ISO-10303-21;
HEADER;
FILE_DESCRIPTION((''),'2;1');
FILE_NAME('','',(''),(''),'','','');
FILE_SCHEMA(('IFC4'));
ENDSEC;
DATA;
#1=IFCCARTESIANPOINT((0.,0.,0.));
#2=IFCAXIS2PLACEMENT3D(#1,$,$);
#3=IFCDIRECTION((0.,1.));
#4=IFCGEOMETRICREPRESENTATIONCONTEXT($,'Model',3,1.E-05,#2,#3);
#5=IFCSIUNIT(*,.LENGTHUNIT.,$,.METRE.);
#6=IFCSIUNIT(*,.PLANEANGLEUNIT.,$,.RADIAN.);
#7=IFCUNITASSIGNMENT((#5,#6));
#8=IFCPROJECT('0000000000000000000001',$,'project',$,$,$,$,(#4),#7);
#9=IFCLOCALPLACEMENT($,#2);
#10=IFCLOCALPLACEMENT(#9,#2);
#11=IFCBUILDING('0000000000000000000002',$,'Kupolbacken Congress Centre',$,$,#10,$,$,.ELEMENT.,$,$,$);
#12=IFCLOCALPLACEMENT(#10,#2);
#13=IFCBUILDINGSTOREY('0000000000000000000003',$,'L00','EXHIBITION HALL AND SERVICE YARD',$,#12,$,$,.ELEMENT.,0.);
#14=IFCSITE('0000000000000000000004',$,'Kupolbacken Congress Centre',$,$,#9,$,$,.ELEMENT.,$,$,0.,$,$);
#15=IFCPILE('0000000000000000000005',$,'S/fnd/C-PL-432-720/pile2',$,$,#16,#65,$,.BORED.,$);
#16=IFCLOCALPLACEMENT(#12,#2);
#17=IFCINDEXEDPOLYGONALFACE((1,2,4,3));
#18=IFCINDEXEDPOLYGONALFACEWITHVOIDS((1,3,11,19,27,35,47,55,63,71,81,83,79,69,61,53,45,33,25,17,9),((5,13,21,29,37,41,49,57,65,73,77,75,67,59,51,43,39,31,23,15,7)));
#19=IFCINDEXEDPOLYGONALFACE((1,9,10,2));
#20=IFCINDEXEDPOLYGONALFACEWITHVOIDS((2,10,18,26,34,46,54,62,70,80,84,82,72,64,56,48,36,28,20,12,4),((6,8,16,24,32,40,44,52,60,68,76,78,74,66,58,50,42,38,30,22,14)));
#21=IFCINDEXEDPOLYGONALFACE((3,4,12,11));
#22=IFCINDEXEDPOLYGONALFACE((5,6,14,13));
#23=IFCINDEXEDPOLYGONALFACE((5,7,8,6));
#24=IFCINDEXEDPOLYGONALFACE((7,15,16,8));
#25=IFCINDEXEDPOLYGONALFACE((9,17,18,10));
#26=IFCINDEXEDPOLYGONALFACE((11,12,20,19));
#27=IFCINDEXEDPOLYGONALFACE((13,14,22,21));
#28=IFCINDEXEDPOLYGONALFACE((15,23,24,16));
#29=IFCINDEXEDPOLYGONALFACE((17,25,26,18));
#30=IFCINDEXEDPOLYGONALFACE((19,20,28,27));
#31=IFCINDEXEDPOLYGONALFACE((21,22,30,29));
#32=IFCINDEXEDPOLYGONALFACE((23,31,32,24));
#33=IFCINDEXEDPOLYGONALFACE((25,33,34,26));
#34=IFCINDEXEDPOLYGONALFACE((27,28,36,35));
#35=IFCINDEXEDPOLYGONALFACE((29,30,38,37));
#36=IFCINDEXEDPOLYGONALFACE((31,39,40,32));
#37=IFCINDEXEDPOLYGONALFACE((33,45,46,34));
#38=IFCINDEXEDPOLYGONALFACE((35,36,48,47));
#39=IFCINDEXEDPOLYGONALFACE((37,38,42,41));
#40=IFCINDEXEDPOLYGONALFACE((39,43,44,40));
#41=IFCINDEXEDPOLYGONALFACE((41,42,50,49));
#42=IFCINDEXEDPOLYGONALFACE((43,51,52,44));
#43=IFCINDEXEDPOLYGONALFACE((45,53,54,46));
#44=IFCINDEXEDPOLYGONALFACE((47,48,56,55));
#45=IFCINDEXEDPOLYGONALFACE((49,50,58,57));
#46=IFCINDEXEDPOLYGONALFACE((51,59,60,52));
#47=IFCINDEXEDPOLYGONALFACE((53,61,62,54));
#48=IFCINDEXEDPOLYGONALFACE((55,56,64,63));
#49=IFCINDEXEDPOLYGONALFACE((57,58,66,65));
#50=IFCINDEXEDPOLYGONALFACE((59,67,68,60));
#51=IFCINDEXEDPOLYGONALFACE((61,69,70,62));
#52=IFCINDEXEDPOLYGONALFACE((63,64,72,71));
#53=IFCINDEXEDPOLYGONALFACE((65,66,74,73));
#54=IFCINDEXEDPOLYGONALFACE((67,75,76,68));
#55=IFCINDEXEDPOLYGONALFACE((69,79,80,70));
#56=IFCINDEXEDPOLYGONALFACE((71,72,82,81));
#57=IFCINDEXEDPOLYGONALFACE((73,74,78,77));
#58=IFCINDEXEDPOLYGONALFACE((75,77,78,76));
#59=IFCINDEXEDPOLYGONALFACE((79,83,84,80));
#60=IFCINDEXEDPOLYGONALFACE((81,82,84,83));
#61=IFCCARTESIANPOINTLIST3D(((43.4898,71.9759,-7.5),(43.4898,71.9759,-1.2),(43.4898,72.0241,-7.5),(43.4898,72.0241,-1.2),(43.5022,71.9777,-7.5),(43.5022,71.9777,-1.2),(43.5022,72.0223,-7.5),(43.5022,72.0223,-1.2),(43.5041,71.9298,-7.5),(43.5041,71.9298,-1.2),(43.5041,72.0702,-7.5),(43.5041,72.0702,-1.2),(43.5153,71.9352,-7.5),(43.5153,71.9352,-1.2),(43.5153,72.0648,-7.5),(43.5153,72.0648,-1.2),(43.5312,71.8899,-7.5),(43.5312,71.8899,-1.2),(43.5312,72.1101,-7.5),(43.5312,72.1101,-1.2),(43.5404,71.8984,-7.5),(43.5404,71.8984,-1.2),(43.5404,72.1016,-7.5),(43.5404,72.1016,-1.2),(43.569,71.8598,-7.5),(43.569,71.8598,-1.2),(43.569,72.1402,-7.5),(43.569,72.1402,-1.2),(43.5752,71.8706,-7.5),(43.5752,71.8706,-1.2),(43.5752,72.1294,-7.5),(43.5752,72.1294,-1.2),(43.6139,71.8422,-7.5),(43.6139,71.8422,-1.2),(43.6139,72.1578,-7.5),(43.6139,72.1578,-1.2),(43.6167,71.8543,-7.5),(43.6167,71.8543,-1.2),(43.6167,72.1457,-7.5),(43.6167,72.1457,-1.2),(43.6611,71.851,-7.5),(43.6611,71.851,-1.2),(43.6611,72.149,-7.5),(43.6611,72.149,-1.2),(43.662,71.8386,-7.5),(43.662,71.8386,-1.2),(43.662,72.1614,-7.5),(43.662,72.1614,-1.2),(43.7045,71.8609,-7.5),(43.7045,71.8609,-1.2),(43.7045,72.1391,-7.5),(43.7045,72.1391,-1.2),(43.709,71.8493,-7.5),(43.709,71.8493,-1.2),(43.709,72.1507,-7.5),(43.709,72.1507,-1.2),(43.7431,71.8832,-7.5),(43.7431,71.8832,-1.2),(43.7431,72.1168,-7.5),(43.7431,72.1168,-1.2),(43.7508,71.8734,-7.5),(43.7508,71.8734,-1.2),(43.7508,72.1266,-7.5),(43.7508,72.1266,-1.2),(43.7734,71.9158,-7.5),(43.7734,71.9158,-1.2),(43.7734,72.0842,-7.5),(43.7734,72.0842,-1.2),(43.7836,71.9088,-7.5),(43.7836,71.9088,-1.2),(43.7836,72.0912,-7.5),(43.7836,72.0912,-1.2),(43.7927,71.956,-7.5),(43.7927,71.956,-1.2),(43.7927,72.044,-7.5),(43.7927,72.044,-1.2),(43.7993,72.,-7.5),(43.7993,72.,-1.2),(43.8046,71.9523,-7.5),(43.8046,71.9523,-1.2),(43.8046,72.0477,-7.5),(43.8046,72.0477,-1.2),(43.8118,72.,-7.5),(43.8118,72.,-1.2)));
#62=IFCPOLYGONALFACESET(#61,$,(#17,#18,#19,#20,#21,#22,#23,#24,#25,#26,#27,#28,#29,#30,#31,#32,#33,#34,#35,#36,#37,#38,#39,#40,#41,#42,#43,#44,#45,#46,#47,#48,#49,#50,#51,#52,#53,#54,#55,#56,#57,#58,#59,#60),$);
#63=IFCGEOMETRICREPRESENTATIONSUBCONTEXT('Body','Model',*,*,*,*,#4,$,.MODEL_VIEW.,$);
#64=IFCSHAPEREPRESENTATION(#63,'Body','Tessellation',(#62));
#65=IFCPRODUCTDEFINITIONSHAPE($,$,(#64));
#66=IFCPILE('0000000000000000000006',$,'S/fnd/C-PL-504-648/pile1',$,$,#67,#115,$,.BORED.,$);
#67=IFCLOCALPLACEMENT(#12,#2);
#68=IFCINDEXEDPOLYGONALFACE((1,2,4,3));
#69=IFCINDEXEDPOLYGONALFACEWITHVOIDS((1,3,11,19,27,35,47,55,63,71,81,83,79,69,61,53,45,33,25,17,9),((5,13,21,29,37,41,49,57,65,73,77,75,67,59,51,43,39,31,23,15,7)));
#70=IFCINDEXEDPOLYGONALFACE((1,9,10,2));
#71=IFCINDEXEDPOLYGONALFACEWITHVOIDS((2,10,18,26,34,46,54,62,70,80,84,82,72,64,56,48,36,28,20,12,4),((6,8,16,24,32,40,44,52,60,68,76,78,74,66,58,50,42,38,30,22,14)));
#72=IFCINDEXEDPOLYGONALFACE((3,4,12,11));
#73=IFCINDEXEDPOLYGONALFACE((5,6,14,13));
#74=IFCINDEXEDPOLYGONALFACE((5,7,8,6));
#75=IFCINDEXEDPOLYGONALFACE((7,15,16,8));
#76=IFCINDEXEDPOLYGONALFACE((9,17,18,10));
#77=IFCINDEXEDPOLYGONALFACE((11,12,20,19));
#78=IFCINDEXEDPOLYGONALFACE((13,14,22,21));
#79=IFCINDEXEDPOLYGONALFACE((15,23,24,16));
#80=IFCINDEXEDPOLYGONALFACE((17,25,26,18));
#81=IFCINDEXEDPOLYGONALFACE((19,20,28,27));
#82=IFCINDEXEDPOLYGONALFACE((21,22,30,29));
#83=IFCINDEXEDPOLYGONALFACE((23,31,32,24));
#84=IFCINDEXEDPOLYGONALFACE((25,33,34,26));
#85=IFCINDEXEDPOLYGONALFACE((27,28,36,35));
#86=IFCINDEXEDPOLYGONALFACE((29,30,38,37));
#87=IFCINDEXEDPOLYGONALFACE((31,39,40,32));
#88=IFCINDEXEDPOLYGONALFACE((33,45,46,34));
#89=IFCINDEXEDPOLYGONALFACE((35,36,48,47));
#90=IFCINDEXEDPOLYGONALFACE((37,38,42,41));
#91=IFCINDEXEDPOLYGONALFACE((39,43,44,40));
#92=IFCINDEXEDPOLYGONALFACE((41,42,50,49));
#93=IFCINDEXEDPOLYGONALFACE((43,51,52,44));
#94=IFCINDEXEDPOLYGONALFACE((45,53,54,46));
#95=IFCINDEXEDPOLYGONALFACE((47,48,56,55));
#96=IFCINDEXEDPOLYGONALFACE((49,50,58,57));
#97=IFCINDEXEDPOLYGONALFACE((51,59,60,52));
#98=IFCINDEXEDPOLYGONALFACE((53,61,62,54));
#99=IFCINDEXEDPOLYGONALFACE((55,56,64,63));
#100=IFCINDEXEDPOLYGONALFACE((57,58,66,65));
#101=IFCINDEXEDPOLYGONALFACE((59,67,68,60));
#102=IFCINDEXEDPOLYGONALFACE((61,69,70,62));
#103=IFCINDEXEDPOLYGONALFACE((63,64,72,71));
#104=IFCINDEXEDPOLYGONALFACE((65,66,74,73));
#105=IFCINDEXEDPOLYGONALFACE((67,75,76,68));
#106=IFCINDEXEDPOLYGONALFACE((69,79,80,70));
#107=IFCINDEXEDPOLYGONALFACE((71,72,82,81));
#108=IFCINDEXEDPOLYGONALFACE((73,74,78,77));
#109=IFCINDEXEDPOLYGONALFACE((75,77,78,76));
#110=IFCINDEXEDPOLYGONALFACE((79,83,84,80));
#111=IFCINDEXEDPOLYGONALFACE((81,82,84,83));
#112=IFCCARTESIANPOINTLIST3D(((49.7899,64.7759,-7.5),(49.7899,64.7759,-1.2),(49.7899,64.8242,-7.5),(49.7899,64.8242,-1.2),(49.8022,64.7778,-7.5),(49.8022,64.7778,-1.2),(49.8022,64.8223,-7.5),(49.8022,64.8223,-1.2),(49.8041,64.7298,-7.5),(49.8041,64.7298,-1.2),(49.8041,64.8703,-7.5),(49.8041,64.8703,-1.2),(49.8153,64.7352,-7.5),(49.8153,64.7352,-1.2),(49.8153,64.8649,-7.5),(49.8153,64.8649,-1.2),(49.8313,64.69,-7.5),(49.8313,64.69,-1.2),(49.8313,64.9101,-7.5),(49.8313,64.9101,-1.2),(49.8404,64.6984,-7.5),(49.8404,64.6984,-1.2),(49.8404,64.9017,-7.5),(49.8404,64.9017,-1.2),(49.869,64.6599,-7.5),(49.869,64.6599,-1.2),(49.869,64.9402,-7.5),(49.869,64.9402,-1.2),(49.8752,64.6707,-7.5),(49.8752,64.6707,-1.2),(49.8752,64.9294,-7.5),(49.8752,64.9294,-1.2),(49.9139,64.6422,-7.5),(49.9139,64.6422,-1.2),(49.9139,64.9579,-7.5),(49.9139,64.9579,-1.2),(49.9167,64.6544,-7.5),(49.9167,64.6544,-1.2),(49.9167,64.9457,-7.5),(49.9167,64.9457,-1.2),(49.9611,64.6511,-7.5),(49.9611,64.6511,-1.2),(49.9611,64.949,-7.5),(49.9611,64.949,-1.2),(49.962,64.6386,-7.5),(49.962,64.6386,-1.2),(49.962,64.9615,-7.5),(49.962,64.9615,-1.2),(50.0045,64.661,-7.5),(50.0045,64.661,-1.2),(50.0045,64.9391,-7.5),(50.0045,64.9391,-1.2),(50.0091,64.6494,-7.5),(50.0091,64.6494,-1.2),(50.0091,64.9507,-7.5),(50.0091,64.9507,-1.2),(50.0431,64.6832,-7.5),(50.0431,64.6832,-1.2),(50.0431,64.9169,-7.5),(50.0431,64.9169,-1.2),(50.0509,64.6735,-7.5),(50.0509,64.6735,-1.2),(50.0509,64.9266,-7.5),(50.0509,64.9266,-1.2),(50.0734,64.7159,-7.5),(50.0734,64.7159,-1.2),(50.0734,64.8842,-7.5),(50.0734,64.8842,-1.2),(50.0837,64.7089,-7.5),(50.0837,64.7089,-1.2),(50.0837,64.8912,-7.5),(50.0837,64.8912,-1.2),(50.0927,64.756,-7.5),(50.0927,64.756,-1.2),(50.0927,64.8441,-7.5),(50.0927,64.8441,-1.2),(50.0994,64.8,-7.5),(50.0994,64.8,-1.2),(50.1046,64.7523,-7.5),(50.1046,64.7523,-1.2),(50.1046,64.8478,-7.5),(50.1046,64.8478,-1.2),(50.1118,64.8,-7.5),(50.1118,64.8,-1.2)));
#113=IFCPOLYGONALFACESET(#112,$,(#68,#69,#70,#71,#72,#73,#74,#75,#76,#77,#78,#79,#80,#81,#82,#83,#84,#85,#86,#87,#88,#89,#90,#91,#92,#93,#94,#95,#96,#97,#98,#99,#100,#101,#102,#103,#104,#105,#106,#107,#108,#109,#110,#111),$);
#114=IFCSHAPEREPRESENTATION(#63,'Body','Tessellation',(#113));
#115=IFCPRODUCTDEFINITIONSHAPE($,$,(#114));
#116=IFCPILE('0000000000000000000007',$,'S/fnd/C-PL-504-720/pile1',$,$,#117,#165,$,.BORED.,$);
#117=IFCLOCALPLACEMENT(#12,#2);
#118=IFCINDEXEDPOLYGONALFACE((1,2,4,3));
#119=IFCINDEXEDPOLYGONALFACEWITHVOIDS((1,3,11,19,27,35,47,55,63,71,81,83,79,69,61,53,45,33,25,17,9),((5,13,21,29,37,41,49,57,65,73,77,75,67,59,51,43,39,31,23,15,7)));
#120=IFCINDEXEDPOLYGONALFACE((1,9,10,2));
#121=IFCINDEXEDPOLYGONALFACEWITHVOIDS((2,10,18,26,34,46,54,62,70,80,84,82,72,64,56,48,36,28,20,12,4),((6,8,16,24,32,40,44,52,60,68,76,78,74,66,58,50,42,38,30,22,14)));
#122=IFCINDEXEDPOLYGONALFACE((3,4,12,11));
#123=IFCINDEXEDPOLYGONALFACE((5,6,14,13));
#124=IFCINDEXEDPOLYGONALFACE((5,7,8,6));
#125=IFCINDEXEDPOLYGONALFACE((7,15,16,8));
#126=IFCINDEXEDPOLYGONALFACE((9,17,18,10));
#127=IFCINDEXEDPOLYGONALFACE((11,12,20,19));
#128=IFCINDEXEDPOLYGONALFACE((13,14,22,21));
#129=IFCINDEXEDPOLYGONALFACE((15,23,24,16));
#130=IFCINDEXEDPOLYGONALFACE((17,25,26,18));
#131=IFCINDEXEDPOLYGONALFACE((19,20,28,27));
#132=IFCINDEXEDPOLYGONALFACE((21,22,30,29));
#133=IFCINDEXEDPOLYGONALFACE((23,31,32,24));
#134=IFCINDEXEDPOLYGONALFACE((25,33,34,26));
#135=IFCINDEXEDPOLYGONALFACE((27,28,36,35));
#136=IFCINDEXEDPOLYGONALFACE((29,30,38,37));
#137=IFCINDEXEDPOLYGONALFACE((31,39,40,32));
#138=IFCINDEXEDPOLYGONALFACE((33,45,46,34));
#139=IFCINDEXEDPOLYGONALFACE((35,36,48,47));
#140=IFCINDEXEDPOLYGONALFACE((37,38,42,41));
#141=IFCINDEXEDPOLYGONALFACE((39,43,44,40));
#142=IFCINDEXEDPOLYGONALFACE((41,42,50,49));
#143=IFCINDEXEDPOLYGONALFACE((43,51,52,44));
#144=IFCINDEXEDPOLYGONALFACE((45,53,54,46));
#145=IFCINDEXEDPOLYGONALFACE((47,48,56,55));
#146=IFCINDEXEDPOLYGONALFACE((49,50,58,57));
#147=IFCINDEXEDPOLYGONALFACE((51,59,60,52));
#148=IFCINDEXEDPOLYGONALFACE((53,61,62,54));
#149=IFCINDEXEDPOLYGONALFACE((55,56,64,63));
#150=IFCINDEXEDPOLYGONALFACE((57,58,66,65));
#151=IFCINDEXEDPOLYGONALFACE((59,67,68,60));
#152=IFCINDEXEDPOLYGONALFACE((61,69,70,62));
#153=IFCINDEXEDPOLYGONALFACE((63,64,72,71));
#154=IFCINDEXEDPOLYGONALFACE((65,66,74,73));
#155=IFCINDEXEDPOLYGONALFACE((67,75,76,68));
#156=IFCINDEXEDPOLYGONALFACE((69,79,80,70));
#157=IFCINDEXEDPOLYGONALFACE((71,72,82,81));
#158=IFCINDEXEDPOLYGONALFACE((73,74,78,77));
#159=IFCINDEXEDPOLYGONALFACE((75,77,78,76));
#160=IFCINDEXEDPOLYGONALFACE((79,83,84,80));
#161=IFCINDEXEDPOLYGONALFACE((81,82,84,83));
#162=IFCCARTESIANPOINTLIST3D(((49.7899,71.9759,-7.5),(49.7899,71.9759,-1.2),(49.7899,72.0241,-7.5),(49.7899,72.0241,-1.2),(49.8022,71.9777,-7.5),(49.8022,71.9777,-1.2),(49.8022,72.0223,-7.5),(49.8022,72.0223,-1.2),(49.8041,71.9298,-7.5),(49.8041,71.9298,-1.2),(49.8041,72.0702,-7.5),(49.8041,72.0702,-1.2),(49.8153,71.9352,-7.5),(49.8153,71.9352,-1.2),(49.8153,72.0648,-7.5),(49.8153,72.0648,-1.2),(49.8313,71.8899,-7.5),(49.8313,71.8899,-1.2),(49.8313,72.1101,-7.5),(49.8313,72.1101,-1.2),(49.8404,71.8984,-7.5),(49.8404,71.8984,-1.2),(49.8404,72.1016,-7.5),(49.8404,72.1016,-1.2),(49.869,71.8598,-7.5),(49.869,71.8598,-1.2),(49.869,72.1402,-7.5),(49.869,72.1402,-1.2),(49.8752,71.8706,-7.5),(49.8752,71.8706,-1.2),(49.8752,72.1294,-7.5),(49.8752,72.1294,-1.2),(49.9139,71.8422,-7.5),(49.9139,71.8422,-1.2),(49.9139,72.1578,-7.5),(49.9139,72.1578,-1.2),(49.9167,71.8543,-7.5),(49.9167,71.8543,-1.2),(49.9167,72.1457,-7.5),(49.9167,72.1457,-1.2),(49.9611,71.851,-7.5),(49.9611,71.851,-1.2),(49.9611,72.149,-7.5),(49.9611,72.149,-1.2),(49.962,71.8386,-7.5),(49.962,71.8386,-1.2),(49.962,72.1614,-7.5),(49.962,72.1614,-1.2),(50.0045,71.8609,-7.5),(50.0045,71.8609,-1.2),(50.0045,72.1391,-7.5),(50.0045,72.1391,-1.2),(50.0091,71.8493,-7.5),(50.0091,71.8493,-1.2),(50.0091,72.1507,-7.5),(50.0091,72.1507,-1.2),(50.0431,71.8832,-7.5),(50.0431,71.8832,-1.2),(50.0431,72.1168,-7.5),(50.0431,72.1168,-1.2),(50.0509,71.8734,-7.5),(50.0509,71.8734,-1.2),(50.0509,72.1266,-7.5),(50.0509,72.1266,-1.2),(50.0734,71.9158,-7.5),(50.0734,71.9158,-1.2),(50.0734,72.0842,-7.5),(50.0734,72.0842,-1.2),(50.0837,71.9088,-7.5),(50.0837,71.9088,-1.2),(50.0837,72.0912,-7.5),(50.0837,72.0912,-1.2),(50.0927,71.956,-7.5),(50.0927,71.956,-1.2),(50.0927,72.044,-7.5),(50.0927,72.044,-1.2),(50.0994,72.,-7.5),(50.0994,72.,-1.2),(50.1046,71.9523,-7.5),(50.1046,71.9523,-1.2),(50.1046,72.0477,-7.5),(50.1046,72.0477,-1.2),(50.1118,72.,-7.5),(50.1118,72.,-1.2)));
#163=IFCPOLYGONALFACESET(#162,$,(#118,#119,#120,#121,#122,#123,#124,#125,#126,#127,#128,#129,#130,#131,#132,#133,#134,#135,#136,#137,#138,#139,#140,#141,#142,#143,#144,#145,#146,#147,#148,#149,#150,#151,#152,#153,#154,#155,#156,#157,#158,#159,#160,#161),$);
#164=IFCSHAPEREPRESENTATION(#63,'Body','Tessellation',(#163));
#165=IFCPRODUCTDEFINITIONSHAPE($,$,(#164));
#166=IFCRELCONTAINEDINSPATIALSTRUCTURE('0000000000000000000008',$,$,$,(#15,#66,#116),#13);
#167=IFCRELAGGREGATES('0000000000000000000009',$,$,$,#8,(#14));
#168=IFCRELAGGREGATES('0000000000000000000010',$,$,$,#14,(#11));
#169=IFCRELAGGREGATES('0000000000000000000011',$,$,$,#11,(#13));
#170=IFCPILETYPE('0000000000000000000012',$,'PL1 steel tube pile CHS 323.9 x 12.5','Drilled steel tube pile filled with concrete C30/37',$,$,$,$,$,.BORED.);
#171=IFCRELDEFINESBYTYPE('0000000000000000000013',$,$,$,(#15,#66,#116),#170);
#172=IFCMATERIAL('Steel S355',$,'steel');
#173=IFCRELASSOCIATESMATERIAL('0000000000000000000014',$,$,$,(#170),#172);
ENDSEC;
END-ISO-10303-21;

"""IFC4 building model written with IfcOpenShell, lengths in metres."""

from ifc_helpers import new_model, si_unit, direction, frame, origin, origin_2d, place, context, subcontext, project, spatial, hollow_circle, extrude, material, material_profile, profile_set, type_object, element, save


model = new_model("IFC4")

# Units and contexts
model_context = context("Model", 3, precision=1e-05, world=origin(), true_north=direction((0.0, 1.0)))
body_context = subcontext(model_context, "Body", "Model", "MODEL_VIEW")
ifc_project = project(units=[si_unit("LENGTHUNIT", "METRE"), si_unit("PLANEANGLEUNIT", "RADIAN")], contexts=[model_context])

# Site, building, storey
site_placement = place(None, origin())
site = spatial("IfcSite", under=ifc_project, at=site_placement, Name="Kupolbacken Congress Centre", CompositionType="ELEMENT", RefElevation=0.0)
building_placement = place(site_placement, origin())
building = spatial("IfcBuilding", under=site, at=building_placement, Name="Kupolbacken Congress Centre", CompositionType="ELEMENT")
storey_placement = place(building_placement, origin())
storey = spatial("IfcBuildingStorey", under=building, at=storey_placement, Name="L00", Description="EXHIBITION HALL AND SERVICE YARD", CompositionType="ELEMENT", Elevation=0.0)

# Piles
ifc_material_1 = material(Name="Steel S355", Category="steel")
ifc_material_profile_1 = material_profile(ifc_material_1, hollow_circle(Radius=0.1619, WallThickness=0.0125, at=origin_2d()), Name="CHS 323.9 x 12.5")
ifc_profile_set_1 = profile_set([ifc_material_profile_1], Name="Steel S355")
pile_type = type_object("IfcPileType", Name="PL1 steel tube pile CHS 323.9 x 12.5", Description="Drilled steel tube pile filled with concrete C30/37", PredefinedType="BORED", material=ifc_profile_set_1)
for number, where, z_axis, x_axis, name in (
    (1, (43.6499, 72.0, -1.2), (0.0, 0.0, -1.0), (1.0, 0.0, 0.0), "S/fnd/C-PL-432-720/pile2"),
    (2, (49.95, 64.8, -1.2), (0.0, 0.0, -1.0), (1.0, 0.0, 0.0), "S/fnd/C-PL-504-648/pile1"),
    (3, (49.95, 72.0, -1.2), (0.0, 0.0, -1.0), (1.0, 0.0, 0.0), "S/fnd/C-PL-504-720/pile1"),
):
    element("IfcPile", number, at=place(storey_placement, frame(where, z_axis=z_axis, x_axis=x_axis)), inside=storey, type_object=pile_type, Name=name, PredefinedType="BORED", context=body_context, shape_type="SweptSolid", body=[
        extrude(hollow_circle(Radius=0.1619, WallThickness=0.0125, at=origin_2d()), origin(), (0.0, 0.0, 1.0), 6.3),
    ])

save(model, "model.ifc")
